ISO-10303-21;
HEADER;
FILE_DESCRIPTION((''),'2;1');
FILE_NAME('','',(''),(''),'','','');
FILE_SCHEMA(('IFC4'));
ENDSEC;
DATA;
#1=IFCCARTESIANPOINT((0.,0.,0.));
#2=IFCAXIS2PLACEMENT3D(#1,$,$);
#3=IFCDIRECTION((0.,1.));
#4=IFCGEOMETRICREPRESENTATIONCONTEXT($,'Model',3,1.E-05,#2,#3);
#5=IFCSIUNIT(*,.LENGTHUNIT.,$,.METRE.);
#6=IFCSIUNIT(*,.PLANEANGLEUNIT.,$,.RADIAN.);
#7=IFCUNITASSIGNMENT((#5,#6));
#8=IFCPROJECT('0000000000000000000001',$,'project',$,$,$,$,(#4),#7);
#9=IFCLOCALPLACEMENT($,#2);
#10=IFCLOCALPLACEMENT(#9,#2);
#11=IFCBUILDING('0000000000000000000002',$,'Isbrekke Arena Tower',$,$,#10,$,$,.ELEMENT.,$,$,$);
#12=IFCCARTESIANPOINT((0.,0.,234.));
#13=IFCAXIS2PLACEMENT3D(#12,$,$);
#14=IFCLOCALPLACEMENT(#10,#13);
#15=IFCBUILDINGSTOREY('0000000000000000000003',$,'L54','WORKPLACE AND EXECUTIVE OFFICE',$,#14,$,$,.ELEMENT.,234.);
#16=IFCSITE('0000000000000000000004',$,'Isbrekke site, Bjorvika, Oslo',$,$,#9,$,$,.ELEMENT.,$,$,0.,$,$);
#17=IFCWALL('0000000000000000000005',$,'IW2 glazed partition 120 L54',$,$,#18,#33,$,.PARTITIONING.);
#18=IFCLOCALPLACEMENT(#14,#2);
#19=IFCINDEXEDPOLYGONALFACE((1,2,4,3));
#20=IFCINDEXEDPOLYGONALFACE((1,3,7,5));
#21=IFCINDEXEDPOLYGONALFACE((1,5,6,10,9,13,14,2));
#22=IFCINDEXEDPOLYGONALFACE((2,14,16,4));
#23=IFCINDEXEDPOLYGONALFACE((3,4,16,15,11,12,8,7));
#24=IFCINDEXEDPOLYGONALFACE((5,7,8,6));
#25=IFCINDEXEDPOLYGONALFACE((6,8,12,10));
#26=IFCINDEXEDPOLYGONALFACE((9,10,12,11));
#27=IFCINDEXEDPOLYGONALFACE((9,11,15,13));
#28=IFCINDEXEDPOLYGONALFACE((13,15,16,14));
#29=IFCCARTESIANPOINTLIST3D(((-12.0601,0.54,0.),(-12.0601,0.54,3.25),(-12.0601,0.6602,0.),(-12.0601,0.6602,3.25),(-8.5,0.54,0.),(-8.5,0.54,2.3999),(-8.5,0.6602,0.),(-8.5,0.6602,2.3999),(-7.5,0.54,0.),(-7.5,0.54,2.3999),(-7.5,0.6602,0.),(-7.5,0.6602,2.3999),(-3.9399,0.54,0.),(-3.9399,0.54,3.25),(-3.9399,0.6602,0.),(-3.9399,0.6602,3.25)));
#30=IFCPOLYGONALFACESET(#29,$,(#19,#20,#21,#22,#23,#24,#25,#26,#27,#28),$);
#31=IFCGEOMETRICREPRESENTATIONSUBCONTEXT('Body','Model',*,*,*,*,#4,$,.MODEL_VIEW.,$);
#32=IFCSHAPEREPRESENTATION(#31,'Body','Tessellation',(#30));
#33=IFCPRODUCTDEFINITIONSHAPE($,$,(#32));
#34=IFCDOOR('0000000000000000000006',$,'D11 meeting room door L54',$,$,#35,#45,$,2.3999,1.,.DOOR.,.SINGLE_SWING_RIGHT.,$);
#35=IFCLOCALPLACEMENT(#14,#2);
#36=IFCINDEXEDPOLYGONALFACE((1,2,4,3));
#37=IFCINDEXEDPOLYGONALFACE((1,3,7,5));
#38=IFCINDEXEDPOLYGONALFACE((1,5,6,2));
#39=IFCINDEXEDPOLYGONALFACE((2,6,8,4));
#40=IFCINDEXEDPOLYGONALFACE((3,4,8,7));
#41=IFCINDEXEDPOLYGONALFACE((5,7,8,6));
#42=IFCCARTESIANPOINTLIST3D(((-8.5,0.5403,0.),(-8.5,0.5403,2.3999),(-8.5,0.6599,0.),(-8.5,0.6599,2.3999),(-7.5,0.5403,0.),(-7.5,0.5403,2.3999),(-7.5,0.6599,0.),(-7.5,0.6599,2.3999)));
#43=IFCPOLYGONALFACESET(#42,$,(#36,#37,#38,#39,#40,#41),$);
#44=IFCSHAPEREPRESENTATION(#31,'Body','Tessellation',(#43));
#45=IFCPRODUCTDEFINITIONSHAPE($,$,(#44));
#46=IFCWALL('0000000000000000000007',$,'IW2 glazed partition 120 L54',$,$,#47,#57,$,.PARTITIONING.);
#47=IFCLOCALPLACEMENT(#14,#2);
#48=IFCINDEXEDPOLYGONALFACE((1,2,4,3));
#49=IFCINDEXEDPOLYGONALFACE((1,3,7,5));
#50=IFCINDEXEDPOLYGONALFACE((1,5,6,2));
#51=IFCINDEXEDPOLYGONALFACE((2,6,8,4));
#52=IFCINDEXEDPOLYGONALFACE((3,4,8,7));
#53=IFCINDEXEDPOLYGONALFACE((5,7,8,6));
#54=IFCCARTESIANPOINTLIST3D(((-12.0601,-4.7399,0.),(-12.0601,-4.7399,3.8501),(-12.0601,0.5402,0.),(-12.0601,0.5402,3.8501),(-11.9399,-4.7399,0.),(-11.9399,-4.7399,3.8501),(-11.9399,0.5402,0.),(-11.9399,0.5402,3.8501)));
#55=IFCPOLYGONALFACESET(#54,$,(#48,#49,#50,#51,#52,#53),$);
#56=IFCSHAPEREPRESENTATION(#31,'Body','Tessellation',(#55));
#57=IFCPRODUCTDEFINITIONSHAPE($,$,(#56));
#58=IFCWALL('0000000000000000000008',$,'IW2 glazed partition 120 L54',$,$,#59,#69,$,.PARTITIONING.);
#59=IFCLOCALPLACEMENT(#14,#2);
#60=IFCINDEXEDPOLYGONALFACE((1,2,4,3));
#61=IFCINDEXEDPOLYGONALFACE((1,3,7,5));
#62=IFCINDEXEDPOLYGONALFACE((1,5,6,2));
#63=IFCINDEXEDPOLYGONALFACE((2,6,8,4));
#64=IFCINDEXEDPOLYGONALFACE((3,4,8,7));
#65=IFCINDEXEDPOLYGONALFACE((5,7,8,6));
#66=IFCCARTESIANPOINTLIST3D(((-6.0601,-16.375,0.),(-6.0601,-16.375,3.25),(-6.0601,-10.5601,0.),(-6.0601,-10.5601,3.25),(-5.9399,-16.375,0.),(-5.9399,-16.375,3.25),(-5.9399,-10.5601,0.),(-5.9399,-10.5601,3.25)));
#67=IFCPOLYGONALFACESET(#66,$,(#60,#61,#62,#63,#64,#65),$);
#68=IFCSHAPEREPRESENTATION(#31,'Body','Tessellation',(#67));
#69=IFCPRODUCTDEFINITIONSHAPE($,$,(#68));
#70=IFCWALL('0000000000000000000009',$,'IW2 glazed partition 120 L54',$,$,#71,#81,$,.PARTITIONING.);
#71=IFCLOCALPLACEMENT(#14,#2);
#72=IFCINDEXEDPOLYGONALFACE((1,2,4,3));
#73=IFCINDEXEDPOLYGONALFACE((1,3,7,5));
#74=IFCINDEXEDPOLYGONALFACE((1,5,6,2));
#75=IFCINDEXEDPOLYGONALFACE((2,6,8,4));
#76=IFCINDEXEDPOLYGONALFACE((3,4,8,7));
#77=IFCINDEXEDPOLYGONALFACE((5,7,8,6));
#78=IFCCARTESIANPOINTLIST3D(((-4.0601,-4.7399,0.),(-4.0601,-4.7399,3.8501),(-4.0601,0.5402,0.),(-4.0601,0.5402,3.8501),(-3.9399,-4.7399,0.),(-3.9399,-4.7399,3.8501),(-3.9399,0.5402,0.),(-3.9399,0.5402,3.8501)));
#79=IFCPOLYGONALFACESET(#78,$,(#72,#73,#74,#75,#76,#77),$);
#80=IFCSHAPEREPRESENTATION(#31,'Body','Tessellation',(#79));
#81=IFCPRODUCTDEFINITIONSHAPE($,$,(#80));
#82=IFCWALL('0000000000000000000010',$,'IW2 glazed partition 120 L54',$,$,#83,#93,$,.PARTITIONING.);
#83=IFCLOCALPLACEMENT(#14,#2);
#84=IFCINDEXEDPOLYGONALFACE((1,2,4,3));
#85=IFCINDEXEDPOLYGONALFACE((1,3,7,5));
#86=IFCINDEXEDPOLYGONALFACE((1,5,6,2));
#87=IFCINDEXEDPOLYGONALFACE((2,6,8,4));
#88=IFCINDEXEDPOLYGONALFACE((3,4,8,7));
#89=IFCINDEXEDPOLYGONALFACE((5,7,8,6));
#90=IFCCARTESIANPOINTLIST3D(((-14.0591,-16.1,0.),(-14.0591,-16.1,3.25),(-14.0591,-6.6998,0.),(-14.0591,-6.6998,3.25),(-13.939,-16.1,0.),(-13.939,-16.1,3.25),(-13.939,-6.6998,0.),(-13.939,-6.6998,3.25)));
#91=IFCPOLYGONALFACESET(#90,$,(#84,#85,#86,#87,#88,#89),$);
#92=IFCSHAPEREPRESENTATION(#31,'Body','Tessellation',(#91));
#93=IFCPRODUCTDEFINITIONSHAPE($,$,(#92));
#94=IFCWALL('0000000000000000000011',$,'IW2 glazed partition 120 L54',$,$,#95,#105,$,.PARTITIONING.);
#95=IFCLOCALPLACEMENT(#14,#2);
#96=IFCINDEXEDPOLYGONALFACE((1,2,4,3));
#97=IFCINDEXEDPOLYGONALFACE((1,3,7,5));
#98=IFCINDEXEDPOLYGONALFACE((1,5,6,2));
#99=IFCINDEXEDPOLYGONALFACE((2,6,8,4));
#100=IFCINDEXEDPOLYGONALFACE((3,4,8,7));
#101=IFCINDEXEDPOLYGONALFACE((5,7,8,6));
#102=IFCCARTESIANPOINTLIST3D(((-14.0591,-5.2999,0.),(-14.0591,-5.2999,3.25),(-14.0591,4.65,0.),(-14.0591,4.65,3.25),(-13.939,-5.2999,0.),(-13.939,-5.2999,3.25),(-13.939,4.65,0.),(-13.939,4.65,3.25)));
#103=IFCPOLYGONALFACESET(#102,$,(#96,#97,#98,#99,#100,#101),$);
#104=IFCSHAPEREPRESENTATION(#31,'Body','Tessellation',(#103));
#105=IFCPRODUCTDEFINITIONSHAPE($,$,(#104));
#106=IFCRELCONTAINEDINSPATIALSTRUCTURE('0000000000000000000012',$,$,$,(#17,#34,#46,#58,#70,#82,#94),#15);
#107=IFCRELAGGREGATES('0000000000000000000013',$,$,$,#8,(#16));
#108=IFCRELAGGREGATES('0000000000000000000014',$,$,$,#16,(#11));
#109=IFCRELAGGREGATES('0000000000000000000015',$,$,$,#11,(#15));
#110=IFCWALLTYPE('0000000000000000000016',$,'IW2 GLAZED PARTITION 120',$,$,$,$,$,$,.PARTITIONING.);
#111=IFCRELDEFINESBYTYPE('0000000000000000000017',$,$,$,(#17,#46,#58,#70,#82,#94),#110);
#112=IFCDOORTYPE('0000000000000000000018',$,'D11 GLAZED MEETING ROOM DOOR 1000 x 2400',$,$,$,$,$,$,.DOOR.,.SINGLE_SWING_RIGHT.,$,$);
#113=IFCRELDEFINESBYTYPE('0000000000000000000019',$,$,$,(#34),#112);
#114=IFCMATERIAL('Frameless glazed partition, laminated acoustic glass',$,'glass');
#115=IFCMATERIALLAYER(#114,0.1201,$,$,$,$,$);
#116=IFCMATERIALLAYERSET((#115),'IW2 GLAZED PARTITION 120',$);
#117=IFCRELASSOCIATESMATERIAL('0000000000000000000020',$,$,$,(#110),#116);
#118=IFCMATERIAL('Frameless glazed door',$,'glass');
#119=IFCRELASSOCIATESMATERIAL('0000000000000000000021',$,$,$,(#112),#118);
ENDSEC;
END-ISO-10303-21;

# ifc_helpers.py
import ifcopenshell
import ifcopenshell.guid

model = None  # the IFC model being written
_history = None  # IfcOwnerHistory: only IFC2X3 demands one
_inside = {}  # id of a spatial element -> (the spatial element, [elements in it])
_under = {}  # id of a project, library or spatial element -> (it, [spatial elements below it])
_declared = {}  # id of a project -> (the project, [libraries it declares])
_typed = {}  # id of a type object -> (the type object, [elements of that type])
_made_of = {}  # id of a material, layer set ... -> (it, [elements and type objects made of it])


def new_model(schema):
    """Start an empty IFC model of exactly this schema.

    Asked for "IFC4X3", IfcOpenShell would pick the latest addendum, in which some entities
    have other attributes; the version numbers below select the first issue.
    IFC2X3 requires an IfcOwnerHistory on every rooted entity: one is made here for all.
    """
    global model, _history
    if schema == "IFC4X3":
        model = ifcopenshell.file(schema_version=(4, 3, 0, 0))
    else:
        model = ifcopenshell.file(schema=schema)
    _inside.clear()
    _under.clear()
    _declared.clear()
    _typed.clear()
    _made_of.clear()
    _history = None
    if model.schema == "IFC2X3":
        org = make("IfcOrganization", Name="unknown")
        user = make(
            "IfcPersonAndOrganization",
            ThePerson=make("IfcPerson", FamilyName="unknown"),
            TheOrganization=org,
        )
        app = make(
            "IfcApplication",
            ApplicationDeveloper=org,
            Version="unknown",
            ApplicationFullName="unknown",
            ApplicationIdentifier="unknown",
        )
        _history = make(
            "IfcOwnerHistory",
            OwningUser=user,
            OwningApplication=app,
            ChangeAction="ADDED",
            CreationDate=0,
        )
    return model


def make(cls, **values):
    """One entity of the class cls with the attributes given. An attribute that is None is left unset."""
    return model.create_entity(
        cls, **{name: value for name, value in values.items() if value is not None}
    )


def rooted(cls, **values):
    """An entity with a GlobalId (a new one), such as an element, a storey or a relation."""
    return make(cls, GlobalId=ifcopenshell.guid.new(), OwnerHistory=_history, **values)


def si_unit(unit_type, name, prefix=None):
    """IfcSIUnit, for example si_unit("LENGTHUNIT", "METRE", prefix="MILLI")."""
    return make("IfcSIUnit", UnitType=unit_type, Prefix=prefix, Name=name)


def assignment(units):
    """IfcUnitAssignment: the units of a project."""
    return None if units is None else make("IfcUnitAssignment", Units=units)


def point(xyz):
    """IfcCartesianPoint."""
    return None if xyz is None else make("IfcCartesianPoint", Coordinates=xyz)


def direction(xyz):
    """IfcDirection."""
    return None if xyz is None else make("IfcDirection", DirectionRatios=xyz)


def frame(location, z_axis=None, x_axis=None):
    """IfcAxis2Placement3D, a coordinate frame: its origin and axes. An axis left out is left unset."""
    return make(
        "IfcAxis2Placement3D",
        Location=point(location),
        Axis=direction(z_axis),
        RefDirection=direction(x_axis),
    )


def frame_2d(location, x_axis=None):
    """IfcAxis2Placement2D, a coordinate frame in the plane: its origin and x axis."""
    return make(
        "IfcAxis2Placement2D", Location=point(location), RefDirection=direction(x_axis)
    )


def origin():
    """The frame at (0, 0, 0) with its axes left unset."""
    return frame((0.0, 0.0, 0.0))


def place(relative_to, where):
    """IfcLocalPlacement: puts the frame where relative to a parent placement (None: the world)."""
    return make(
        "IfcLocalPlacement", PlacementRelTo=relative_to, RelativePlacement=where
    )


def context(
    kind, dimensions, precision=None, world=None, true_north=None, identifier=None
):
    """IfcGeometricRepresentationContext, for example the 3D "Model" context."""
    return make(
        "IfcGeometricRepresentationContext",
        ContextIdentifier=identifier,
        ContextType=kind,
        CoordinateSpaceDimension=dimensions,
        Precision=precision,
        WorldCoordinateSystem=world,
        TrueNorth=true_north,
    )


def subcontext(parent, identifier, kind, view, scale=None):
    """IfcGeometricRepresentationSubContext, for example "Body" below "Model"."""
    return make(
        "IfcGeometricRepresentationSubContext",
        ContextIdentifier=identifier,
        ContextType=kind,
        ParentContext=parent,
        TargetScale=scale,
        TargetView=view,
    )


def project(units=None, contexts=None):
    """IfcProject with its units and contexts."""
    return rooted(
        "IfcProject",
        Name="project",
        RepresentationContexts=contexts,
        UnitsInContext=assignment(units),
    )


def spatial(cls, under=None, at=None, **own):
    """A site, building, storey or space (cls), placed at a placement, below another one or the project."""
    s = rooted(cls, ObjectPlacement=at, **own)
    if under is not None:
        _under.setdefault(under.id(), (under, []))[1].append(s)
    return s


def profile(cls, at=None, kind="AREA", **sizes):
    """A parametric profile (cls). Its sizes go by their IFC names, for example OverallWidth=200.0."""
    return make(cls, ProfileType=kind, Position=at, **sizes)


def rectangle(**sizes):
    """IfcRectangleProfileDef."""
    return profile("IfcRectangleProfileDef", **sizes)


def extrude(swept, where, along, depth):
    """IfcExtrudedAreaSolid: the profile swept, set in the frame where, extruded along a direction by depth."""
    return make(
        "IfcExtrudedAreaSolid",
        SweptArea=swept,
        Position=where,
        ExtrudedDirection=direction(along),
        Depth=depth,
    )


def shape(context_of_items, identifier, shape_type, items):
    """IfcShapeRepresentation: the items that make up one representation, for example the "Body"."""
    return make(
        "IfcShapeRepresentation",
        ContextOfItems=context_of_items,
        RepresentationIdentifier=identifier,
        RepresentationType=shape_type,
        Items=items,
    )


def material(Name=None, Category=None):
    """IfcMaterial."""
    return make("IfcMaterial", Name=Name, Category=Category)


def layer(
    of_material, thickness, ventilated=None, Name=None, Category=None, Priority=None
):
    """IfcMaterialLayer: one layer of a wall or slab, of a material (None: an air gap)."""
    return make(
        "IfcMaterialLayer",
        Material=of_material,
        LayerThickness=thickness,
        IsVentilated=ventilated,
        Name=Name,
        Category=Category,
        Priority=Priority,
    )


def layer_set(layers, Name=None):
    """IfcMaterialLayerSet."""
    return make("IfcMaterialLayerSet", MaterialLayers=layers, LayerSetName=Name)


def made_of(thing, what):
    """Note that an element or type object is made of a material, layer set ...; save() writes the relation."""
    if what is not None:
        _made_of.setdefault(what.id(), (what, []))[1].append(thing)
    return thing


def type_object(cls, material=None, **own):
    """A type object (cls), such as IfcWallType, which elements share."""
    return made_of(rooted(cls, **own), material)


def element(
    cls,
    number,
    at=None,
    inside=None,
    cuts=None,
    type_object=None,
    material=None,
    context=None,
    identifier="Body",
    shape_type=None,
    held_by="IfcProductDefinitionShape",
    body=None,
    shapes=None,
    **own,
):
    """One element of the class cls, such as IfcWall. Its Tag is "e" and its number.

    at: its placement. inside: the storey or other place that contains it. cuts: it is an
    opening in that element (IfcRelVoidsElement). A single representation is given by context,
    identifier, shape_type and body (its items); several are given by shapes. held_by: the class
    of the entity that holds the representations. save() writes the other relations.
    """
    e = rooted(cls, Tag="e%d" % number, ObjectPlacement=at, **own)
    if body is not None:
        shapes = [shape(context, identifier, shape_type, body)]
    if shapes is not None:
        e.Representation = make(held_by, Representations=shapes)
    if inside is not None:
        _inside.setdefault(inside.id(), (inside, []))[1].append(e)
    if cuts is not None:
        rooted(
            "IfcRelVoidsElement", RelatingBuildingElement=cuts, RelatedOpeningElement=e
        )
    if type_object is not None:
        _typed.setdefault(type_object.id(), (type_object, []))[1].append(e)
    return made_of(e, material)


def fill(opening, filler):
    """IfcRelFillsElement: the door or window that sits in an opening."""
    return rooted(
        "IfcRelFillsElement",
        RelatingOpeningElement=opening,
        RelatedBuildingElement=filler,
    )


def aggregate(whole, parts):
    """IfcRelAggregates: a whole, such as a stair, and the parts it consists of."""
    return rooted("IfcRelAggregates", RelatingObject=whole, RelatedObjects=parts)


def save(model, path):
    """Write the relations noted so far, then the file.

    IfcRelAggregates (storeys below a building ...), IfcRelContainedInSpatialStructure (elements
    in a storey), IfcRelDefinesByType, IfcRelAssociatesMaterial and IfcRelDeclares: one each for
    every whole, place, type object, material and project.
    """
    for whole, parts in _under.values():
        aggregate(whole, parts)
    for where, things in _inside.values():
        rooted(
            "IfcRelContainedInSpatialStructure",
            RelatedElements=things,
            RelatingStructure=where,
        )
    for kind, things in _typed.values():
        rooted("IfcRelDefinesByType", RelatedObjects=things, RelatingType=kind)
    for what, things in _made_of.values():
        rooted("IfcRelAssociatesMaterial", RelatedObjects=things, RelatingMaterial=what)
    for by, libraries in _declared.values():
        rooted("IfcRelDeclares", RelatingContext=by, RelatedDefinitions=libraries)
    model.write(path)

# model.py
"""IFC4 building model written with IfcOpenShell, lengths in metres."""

from ifc_helpers import new_model, si_unit, direction, frame, frame_2d, origin, place, context, subcontext, project, spatial, rectangle, extrude, material, layer, layer_set, type_object, element, fill, save


model = new_model("IFC4")

# Units and contexts
model_context = context("Model", 3, precision=1e-05, world=origin(), true_north=direction((0.0, 1.0)))
body_context = subcontext(model_context, "Body", "Model", "MODEL_VIEW")
ifc_project = project(units=[si_unit("LENGTHUNIT", "METRE"), si_unit("PLANEANGLEUNIT", "RADIAN")], contexts=[model_context])

# Site, building, storey
site_placement = place(None, origin())
site = spatial("IfcSite", under=ifc_project, at=site_placement, Name="Isbrekke site, Bjorvika, Oslo", CompositionType="ELEMENT", RefElevation=0.0)
building_placement = place(site_placement, origin())
building = spatial("IfcBuilding", under=site, at=building_placement, Name="Isbrekke Arena Tower", CompositionType="ELEMENT")
storey_placement = place(building_placement, frame((0.0, 0.0, 234.0)))
storey = spatial("IfcBuildingStorey", under=building, at=storey_placement, Name="L54", Description="WORKPLACE AND EXECUTIVE OFFICE", CompositionType="ELEMENT", Elevation=234.0)

# Shared definitions
ifc_material_1 = material(Name="Frameless glazed partition, laminated acoustic glass", Category="glass")
ifc_layer_1 = layer(ifc_material_1, 0.1201)
ifc_layer_set_1 = layer_set([ifc_layer_1], Name="IW2 GLAZED PARTITION 120")
wall_type_1 = type_object("IfcWallType", Name="IW2 GLAZED PARTITION 120", PredefinedType="PARTITIONING", material=ifc_layer_set_1)

# Wall, opening, door
wall_1_placement = place(storey_placement, frame((-12.0601, 0.6001, 0.0), z_axis=(0.0, 0.0, 1.0), x_axis=(1.0, 0.0, 0.0)))
wall_1 = element("IfcWall", 1, at=wall_1_placement, inside=storey, type_object=wall_type_1, Name="IW2 glazed partition 120 L54", PredefinedType="PARTITIONING", context=body_context, shape_type="SweptSolid", body=[
    extrude(rectangle(XDim=8.1201, YDim=0.1201, at=frame_2d((4.0601, 0.0))), origin(), (0.0, 0.0, 1.0), 3.25),
])
opening_1_placement = place(wall_1_placement, frame((3.5601, 0.0, 0.0)))
opening_1 = element("IfcOpeningElement", 2, at=opening_1_placement, cuts=wall_1, PredefinedType="OPENING", context=body_context, shape_type="SweptSolid", body=[
    extrude(rectangle(XDim=1.0, YDim=2.3999, at=frame_2d((0.5, 1.2))), frame((0.0, 0.075, 0.0), z_axis=(0.0, -1.0, 0.0), x_axis=(1.0, 0.0, 0.0)), (0.0, 0.0, 1.0), 0.1499),
])
ifc_material_2 = material(Name="Frameless glazed door", Category="glass")
door_type_1 = type_object("IfcDoorType", Name="D11 GLAZED MEETING ROOM DOOR 1000 x 2400", OperationType="SINGLE_SWING_RIGHT", PredefinedType="DOOR", material=ifc_material_2)
door_1_placement = place(opening_1_placement, origin())
door_1 = element("IfcDoor", 3, at=door_1_placement, inside=storey, type_object=door_type_1, Name="D11 meeting room door L54", OperationType="SINGLE_SWING_RIGHT", OverallHeight=2.3999, OverallWidth=1.0, PredefinedType="DOOR", context=body_context, shape_type="SweptSolid", body=[
    extrude(rectangle(XDim=1.0, YDim=2.3999, at=frame_2d((0.5, 1.2))), frame((0.0, 0.0598, 0.0), z_axis=(0.0, -1.0, 0.0), x_axis=(1.0, 0.0, 0.0)), (0.0, 0.0, 1.0), 0.1196),
])
fill(opening_1, door_1)

# Walls
wall_2_placement = place(storey_placement, frame((-12.0, -4.74, 0.0), z_axis=(0.0, 0.0, 1.0), x_axis=(0.0, 1.0, 0.0)))
element("IfcWall", 4, at=wall_2_placement, inside=storey, type_object=wall_type_1, Name="IW2 glazed partition 120 L54", PredefinedType="PARTITIONING", context=body_context, shape_type="SweptSolid", body=[
    extrude(rectangle(XDim=5.28, YDim=0.1201, at=frame_2d((2.6401, 0.0))), origin(), (0.0, 0.0, 1.0), 3.8501),
])
wall_3_placement = place(storey_placement, frame((-6.0, -16.375, 0.0), z_axis=(0.0, 0.0, 1.0), x_axis=(0.0, 1.0, 0.0)))
element("IfcWall", 5, at=wall_3_placement, inside=storey, type_object=wall_type_1, Name="IW2 glazed partition 120 L54", PredefinedType="PARTITIONING", context=body_context, shape_type="SweptSolid", body=[
    extrude(rectangle(XDim=5.8149, YDim=0.1201, at=frame_2d((2.9075, 0.0))), origin(), (0.0, 0.0, 1.0), 3.25),
])
wall_4_placement = place(storey_placement, frame((-4.0, -4.74, 0.0), z_axis=(0.0, 0.0, 1.0), x_axis=(0.0, 1.0, 0.0)))
element("IfcWall", 6, at=wall_4_placement, inside=storey, type_object=wall_type_1, Name="IW2 glazed partition 120 L54", PredefinedType="PARTITIONING", context=body_context, shape_type="SweptSolid", body=[
    extrude(rectangle(XDim=5.28, YDim=0.1201, at=frame_2d((2.6401, 0.0))), origin(), (0.0, 0.0, 1.0), 3.8501),
])
wall_5_placement = place(storey_placement, frame((-13.999, -16.1001, 0.0), z_axis=(0.0, 0.0, 1.0), x_axis=(0.0, 1.0, 0.0)))
element("IfcWall", 7, at=wall_5_placement, inside=storey, type_object=wall_type_1, Name="IW2 glazed partition 120 L54", PredefinedType="PARTITIONING", context=body_context, shape_type="SweptSolid", body=[
    extrude(rectangle(XDim=9.4001, YDim=0.1201, at=frame_2d((4.7002, 0.0))), origin(), (0.0, 0.0, 1.0), 3.25),
])
wall_6_placement = place(storey_placement, frame((-13.999, -5.3, 0.0), z_axis=(0.0, 0.0, 1.0), x_axis=(0.0, 1.0, 0.0)))
element("IfcWall", 8, at=wall_6_placement, inside=storey, type_object=wall_type_1, Name="IW2 glazed partition 120 L54", PredefinedType="PARTITIONING", context=body_context, shape_type="SweptSolid", body=[
    extrude(rectangle(XDim=9.95, YDim=0.1201, at=frame_2d((4.9751, 0.0))), origin(), (0.0, 0.0, 1.0), 3.25),
])

save(model, "model.ifc")
